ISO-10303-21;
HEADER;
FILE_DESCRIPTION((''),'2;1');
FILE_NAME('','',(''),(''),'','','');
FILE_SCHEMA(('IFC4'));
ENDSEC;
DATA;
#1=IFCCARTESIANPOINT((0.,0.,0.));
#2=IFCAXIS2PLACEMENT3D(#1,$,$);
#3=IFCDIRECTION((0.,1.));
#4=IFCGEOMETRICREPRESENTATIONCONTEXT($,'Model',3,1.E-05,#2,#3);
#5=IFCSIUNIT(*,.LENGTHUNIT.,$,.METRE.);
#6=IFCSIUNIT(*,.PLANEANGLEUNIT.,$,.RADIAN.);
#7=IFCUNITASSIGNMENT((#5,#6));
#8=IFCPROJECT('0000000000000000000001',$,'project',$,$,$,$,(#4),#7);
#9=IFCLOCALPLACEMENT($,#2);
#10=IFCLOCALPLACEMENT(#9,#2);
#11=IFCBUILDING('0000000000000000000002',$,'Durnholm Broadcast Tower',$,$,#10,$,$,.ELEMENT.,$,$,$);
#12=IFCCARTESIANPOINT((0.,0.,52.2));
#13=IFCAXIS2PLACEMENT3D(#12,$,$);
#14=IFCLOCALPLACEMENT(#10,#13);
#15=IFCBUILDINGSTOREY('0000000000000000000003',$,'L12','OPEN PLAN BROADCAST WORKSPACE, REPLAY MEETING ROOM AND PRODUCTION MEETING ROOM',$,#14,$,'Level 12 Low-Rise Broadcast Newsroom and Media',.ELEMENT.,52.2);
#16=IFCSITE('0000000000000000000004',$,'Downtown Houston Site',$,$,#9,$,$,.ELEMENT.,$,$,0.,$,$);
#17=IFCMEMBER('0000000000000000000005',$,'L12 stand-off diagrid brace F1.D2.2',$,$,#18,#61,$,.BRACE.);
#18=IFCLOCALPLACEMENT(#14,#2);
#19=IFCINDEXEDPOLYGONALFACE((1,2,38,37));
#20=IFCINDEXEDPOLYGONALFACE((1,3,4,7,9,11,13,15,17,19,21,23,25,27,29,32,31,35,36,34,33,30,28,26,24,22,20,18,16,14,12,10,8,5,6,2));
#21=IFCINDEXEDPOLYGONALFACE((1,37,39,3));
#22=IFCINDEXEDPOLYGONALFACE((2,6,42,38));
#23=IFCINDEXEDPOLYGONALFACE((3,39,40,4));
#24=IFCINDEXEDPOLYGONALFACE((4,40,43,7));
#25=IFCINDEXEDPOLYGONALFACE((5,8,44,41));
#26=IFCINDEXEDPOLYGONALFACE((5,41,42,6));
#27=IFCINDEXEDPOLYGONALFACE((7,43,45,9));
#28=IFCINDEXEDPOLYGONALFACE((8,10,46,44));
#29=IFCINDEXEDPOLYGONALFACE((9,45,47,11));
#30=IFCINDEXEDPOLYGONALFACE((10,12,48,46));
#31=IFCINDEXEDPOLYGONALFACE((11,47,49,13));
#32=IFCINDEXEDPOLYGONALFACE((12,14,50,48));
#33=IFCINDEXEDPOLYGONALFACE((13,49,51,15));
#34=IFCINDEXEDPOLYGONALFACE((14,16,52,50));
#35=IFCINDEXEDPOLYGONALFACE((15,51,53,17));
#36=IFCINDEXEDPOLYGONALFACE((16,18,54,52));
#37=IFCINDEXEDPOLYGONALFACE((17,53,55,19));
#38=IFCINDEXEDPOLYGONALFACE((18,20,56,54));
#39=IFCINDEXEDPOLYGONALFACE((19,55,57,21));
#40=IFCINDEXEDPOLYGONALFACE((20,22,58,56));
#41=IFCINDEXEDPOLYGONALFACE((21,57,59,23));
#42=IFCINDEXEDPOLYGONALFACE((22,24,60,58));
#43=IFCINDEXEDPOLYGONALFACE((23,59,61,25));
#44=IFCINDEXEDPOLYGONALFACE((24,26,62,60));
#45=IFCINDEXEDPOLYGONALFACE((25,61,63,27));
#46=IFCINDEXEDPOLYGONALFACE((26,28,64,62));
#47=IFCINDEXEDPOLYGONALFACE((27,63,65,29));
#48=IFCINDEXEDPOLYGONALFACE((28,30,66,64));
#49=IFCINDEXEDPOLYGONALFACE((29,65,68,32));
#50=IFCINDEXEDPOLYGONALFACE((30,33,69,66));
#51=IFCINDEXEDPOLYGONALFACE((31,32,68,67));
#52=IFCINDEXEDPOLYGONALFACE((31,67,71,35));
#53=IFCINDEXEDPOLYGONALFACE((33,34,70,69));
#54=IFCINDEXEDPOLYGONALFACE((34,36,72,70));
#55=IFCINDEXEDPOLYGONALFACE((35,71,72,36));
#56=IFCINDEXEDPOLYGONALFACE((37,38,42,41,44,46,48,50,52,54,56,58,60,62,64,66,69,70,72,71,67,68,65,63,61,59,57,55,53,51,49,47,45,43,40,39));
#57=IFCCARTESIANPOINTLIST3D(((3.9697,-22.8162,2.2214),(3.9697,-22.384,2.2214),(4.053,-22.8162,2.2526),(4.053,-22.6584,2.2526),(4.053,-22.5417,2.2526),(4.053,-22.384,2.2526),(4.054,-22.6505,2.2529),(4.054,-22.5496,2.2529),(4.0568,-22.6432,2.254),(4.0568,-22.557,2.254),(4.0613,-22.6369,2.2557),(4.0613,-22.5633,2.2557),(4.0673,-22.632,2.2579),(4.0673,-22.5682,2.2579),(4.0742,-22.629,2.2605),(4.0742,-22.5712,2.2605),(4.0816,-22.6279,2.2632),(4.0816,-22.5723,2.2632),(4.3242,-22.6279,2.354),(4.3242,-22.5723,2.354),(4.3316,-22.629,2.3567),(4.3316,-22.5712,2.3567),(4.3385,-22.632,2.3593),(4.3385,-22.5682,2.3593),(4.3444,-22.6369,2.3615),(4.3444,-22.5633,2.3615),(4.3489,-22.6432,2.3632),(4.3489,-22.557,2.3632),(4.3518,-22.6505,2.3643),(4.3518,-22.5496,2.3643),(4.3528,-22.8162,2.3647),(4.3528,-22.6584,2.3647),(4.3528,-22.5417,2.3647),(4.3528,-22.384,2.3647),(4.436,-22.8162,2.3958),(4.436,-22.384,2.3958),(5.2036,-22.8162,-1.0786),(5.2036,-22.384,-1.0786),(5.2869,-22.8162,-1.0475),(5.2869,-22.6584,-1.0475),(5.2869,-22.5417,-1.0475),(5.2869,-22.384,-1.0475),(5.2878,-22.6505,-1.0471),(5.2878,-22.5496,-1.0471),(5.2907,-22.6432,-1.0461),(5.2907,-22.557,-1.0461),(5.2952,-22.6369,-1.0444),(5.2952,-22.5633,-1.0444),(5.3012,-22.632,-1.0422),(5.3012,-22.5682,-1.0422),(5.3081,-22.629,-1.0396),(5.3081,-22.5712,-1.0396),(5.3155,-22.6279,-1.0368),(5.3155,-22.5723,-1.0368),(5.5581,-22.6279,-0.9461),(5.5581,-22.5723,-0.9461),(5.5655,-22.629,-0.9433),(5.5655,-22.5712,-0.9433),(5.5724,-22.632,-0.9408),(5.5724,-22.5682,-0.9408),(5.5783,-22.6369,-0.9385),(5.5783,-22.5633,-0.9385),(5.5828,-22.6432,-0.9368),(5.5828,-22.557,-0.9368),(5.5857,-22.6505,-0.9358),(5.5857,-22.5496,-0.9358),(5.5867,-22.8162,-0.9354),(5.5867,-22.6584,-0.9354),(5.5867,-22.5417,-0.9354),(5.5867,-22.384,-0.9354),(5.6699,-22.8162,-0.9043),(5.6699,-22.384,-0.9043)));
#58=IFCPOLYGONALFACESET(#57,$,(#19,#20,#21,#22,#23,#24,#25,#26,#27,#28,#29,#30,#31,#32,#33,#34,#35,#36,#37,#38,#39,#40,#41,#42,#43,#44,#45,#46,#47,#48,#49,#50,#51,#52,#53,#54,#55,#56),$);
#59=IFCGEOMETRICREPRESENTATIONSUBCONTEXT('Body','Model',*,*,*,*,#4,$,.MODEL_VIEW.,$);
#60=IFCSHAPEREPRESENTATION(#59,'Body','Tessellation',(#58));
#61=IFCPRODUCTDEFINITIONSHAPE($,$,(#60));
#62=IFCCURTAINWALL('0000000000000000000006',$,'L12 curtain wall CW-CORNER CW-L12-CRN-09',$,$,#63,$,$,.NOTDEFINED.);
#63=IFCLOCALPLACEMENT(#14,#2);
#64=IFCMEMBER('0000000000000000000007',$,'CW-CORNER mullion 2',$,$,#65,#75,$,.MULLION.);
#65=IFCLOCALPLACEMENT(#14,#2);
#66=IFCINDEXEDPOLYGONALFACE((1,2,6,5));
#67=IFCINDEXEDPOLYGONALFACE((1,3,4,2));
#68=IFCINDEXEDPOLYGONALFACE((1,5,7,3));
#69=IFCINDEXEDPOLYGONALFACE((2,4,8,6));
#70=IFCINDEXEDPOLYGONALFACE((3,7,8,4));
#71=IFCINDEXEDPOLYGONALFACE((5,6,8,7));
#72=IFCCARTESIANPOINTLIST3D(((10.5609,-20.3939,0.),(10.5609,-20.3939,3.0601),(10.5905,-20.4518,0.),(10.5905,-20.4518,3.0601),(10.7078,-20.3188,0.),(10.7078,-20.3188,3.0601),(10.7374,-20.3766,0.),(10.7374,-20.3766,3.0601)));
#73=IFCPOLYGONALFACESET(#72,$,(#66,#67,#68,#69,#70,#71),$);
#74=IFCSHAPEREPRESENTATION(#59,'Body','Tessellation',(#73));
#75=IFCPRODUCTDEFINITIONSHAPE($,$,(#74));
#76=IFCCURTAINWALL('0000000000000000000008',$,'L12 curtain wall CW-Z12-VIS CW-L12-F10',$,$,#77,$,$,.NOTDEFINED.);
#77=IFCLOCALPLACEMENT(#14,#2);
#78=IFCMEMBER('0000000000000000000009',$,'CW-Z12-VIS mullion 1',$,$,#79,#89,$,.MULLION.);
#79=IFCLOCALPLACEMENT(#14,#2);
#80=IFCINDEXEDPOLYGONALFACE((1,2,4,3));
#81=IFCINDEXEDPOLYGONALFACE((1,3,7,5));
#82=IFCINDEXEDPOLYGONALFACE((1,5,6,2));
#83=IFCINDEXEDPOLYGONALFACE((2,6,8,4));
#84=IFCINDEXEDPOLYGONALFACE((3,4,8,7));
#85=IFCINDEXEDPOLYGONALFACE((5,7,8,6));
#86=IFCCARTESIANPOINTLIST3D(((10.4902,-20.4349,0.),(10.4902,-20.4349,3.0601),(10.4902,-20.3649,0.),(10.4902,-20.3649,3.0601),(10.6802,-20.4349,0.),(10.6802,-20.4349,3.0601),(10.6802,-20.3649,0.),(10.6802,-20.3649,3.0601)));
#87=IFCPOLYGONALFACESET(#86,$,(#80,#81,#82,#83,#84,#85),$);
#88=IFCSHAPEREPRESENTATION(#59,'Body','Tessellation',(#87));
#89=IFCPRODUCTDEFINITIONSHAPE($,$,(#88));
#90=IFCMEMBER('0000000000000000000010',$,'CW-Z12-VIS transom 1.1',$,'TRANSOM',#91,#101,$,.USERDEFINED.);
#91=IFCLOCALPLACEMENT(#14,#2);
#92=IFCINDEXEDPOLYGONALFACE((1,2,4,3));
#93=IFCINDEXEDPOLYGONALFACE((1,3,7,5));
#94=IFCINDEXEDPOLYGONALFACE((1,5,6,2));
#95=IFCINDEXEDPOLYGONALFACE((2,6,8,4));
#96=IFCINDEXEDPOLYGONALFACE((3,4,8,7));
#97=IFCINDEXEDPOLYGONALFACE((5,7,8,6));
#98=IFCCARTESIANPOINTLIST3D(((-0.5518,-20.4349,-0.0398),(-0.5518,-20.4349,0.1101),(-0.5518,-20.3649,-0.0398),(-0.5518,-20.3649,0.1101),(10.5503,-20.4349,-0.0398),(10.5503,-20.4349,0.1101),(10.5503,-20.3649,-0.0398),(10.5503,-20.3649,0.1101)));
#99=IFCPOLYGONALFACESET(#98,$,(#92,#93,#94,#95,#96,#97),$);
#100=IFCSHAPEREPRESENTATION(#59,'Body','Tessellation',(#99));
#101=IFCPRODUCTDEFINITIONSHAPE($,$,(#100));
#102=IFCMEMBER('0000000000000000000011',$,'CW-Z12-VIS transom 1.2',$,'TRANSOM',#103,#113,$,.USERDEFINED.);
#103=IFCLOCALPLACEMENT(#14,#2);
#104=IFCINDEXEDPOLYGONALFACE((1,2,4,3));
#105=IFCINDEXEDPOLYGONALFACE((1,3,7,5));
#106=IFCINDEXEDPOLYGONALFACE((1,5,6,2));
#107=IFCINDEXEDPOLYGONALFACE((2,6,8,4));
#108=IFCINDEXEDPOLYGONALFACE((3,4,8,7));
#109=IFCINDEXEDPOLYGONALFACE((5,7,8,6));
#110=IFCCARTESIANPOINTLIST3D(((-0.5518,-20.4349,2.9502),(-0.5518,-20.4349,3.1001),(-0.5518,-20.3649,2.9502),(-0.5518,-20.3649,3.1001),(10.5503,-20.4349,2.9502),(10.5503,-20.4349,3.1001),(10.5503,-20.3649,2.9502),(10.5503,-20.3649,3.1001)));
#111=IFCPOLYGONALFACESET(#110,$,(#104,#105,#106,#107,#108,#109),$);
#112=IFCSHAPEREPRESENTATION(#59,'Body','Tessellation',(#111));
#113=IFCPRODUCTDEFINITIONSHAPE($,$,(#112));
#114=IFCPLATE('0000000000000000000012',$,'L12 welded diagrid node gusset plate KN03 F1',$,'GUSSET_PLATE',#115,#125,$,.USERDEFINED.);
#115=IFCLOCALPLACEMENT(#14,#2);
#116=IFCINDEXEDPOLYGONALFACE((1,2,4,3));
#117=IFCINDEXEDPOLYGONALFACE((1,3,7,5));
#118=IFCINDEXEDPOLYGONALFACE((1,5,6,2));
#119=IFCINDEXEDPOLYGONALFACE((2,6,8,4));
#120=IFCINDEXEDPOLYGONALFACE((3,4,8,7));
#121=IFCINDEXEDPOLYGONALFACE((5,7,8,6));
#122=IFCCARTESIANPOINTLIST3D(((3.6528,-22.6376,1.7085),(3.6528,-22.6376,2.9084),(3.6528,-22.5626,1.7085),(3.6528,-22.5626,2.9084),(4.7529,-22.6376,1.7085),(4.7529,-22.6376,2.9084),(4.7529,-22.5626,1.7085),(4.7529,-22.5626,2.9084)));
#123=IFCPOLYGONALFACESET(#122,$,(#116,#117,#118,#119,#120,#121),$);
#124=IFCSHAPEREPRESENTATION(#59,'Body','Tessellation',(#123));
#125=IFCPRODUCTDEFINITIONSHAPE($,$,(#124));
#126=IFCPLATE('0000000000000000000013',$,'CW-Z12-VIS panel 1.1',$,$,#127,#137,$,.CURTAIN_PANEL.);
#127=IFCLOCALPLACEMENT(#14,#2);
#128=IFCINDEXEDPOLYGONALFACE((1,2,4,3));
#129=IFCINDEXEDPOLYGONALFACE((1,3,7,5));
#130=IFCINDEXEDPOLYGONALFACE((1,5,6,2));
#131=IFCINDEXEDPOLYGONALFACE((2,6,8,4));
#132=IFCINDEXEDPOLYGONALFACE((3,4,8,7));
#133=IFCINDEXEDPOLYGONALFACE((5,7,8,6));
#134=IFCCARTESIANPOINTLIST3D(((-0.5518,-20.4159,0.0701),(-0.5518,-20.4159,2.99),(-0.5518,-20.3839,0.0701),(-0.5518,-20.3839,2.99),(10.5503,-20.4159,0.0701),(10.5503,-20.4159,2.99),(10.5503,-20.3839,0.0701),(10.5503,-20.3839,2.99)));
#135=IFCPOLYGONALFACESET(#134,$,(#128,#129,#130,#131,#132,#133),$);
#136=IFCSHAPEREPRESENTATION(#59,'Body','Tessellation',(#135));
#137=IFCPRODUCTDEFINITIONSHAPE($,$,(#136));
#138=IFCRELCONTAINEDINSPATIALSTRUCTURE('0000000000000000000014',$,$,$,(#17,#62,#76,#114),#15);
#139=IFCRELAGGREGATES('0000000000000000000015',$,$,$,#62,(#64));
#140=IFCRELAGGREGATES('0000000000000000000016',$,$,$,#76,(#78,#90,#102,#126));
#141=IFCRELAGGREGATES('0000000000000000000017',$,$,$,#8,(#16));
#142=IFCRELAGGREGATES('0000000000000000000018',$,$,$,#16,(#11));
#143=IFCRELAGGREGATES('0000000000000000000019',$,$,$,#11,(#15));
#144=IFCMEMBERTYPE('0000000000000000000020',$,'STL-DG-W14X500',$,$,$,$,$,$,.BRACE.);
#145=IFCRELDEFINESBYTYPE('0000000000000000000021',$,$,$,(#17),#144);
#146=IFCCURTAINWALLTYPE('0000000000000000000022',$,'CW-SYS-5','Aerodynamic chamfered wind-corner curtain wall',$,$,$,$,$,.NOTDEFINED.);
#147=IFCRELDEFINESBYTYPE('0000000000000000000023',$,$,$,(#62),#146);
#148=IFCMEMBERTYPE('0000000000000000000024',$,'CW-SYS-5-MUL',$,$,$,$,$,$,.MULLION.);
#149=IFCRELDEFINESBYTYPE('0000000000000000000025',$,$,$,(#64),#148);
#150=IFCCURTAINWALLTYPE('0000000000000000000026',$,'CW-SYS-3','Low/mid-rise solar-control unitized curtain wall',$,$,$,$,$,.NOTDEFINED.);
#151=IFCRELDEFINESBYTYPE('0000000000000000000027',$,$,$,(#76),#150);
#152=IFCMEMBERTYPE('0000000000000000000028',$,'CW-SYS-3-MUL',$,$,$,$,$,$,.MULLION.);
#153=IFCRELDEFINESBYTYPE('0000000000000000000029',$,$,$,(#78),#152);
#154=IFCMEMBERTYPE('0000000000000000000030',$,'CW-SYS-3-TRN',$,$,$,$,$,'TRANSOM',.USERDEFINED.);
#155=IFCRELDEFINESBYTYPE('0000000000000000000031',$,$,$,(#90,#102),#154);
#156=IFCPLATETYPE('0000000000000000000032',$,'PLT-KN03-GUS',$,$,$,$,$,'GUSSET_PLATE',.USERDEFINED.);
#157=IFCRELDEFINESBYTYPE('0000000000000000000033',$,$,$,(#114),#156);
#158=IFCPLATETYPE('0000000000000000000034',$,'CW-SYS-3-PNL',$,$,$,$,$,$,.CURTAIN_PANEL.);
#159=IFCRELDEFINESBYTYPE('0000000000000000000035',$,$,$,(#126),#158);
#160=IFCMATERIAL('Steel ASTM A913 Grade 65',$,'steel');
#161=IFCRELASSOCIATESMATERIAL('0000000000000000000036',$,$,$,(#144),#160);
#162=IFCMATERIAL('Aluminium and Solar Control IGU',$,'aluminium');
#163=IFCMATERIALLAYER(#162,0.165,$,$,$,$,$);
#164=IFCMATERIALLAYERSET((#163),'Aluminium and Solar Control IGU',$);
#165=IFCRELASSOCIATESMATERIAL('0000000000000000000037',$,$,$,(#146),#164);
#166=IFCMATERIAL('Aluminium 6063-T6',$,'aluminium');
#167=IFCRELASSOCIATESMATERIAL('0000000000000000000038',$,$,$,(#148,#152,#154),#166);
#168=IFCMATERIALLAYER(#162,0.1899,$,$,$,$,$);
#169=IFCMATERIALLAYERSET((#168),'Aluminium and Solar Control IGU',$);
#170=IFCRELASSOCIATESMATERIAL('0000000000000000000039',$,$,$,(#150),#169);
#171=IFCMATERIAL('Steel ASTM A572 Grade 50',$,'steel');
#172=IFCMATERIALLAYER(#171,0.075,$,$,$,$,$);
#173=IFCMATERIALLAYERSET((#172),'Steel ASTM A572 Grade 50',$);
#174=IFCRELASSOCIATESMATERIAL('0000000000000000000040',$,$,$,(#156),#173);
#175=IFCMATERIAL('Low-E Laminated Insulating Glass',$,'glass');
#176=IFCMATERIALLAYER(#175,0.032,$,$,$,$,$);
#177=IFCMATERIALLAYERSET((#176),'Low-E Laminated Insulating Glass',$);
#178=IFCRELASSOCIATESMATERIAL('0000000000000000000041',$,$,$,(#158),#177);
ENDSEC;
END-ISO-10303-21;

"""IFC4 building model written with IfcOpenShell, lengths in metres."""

from ifc_helpers import new_model, si_unit, direction, frame, origin, origin_2d, place, context, subcontext, project, spatial, rectangle, i_section, extrude, source, transform, mapped, material, layer, layer_set, material_profile, profile_set, type_object, type_shapes, element, aggregate, save


model = new_model("IFC4")

# Units and contexts
model_context = context("Model", 3, precision=1e-05, world=origin(), true_north=direction((0.0, 1.0)))
body_context = subcontext(model_context, "Body", "Model", "MODEL_VIEW")
ifc_project = project(units=[si_unit("LENGTHUNIT", "METRE"), si_unit("PLANEANGLEUNIT", "RADIAN")], contexts=[model_context])

# Site, building, storey
site_placement = place(None, origin())
site = spatial("IfcSite", under=ifc_project, at=site_placement, Name="Downtown Houston Site", CompositionType="ELEMENT", RefElevation=0.0)
building_placement = place(site_placement, origin())
building = spatial("IfcBuilding", under=site, at=building_placement, Name="Durnholm Broadcast Tower", CompositionType="ELEMENT")
storey_placement = place(building_placement, frame((0.0, 0.0, 52.2)))
storey = spatial("IfcBuildingStorey", under=building, at=storey_placement, Name="L12", Description="OPEN PLAN BROADCAST WORKSPACE, REPLAY MEETING ROOM AND PRODUCTION MEETING ROOM", LongName="Level 12 Low-Rise Broadcast Newsroom and Media", CompositionType="ELEMENT", Elevation=52.2)

# Member
ifc_material_1 = material(Name="Steel ASTM A913 Grade 65", Category="steel")
ifc_material_profile_1 = material_profile(ifc_material_1, i_section(OverallWidth=0.4321, OverallDepth=0.4978, WebThickness=0.0557, FlangeThickness=0.0889, FilletRadius=0.0305, at=origin_2d()), Name="W14X500")
ifc_profile_set_1 = profile_set([ifc_material_profile_1], Name="Steel ASTM A913 Grade 65")
member_type_1 = type_object("IfcMemberType", Name="STL-DG-W14X500", PredefinedType="BRACE", material=ifc_profile_set_1)
shared_shape_1 = source(origin(), body_context, "Body", "SweptSolid", [
    extrude(i_section(OverallWidth=0.4321, OverallDepth=0.4978, WebThickness=0.0557, FlangeThickness=0.0889, FilletRadius=0.0305, at=origin_2d()), origin(), (0.0, 0.0, 1.0), 3.5232),
])
type_shapes(member_type_1, [shared_shape_1])
for number, where, z_axis, x_axis, name in (
    (1, (5.4368, -22.6001, -0.9915), (-0.35022, 0.0, 0.936668), (0.0, -1.0, 0.0), "L12 stand-off diagrid brace F1.D2.2"),
):
    element("IfcMember", number, at=place(storey_placement, frame(where, z_axis=z_axis, x_axis=x_axis)), inside=storey, type_object=member_type_1, Name=name, PredefinedType="BRACE", context=body_context, shape_type="MappedRepresentation", body=[
        mapped(shared_shape_1, transform((0.0, 0.0, 0.0), x_axis=(1.0, 0.0, 0.0), y_axis=(0.0, 1.0, 0.0), z_axis=(0.0, 0.0, 1.0), scale=1.0)),
    ])

# Curtain wall, member
ifc_material_2 = material(Name="Aluminium and Solar Control IGU", Category="aluminium")
ifc_layer_1 = layer(ifc_material_2, 0.165)
ifc_layer_set_1 = layer_set([ifc_layer_1], Name="Aluminium and Solar Control IGU")
curtain_wall_type_1 = type_object("IfcCurtainWallType", Name="CW-SYS-5", Description="Aerodynamic chamfered wind-corner curtain wall", PredefinedType="NOTDEFINED", material=ifc_layer_set_1)
curtain_wall_1_placement = place(storey_placement, origin())
curtain_wall_1 = element("IfcCurtainWall", 2, at=curtain_wall_1_placement, inside=storey, type_object=curtain_wall_type_1, Name="L12 curtain wall CW-CORNER CW-L12-CRN-09", PredefinedType="NOTDEFINED")
ifc_material_3 = material(Name="Aluminium 6063-T6", Category="aluminium")
ifc_material_profile_2 = material_profile(ifc_material_3, rectangle(XDim=0.0649, YDim=0.165, at=origin_2d()), Name="CWM65X165")
ifc_profile_set_2 = profile_set([ifc_material_profile_2], Name="Aluminium 6063-T6")
member_type_2 = type_object("IfcMemberType", Name="CW-SYS-5-MUL", PredefinedType="MULLION", material=ifc_profile_set_2)
shared_shape_2 = source(origin(), body_context, "Body", "SweptSolid", [
    extrude(rectangle(XDim=0.0649, YDim=0.165, at=origin_2d()), origin(), (0.0, 0.0, 1.0), 3.0601),
])
type_shapes(member_type_2, [shared_shape_2])
member_1_placement = place(storey_placement, frame((10.6492, -20.3853, 0.0), z_axis=(0.0, 0.0, 1.0), x_axis=(0.455594, -0.890188, 0.0)))
member_1 = element("IfcMember", 3, at=member_1_placement, type_object=member_type_2, Name="CW-CORNER mullion 2", PredefinedType="MULLION", context=body_context, shape_type="MappedRepresentation", body=[
    mapped(shared_shape_2, transform((0.0, 0.0, 0.0), x_axis=(1.0, 0.0, 0.0), y_axis=(0.0, 1.0, 0.0), z_axis=(0.0, 0.0, 1.0), scale=1.0)),
])
aggregate(curtain_wall_1, [member_1])

# Curtain wall, members
ifc_layer_2 = layer(ifc_material_2, 0.1899)
ifc_layer_set_2 = layer_set([ifc_layer_2], Name="Aluminium and Solar Control IGU")
curtain_wall_type_2 = type_object("IfcCurtainWallType", Name="CW-SYS-3", Description="Low/mid-rise solar-control unitized curtain wall", PredefinedType="NOTDEFINED", material=ifc_layer_set_2)
curtain_wall_2_placement = place(storey_placement, origin())
curtain_wall_2 = element("IfcCurtainWall", 4, at=curtain_wall_2_placement, inside=storey, type_object=curtain_wall_type_2, Name="L12 curtain wall CW-Z12-VIS CW-L12-F10", PredefinedType="NOTDEFINED")
ifc_material_profile_3 = material_profile(ifc_material_3, rectangle(XDim=0.0701, YDim=0.1899, at=origin_2d()), Name="CWM70X190")
ifc_profile_set_3 = profile_set([ifc_material_profile_3], Name="Aluminium 6063-T6")
member_type_3 = type_object("IfcMemberType", Name="CW-SYS-3-MUL", PredefinedType="MULLION", material=ifc_profile_set_3)
shared_shape_3 = source(origin(), body_context, "Body", "SweptSolid", [
    extrude(rectangle(XDim=0.0701, YDim=0.1899, at=origin_2d()), origin(), (0.0, 0.0, 1.0), 3.0601),
])
type_shapes(member_type_3, [shared_shape_3])
member_2_placement = place(storey_placement, frame((10.5852, -20.3999, 0.0), z_axis=(0.0, 0.0, 1.0), x_axis=(0.0, -1.0, 0.0)))
member_2 = element("IfcMember", 5, at=member_2_placement, type_object=member_type_3, Name="CW-Z12-VIS mullion 1", PredefinedType="MULLION", context=body_context, shape_type="MappedRepresentation", body=[
    mapped(shared_shape_3, transform((0.0, 0.0, 0.0), x_axis=(1.0, 0.0, 0.0), y_axis=(0.0, 1.0, 0.0), z_axis=(0.0, 0.0, 1.0), scale=1.0)),
])
ifc_material_profile_4 = material_profile(ifc_material_3, rectangle(XDim=0.0701, YDim=0.1499, at=origin_2d()), Name="CWT70X150")
ifc_profile_set_4 = profile_set([ifc_material_profile_4], Name="Aluminium 6063-T6")
member_type_4 = type_object("IfcMemberType", Name="CW-SYS-3-TRN", ElementType="TRANSOM", PredefinedType="USERDEFINED", material=ifc_profile_set_4)
shared_shape_4 = source(origin(), body_context, "Body", "SweptSolid", [
    extrude(rectangle(XDim=0.0701, YDim=0.1499, at=origin_2d()), origin(), (0.0, 0.0, 1.0), 11.1021),
])
type_shapes(member_type_4, [shared_shape_4])
member_3_placement = place(storey_placement, frame((10.5503, -20.3999, 0.0352), z_axis=(-1.0, 0.0, 0.0), x_axis=(0.0, -1.0, 0.0)))
member_3 = element("IfcMember", 6, at=member_3_placement, type_object=member_type_4, Name="CW-Z12-VIS transom 1.1", ObjectType="TRANSOM", PredefinedType="USERDEFINED", context=body_context, shape_type="MappedRepresentation", body=[
    mapped(shared_shape_4, transform((0.0, 0.0, 0.0), x_axis=(1.0, 0.0, 0.0), y_axis=(0.0, 1.0, 0.0), z_axis=(0.0, 0.0, 1.0), scale=1.0)),
])
member_4_placement = place(storey_placement, frame((10.5503, -20.3999, 3.0251), z_axis=(-1.0, 0.0, 0.0), x_axis=(0.0, -1.0, 0.0)))
member_4 = element("IfcMember", 7, at=member_4_placement, type_object=member_type_4, Name="CW-Z12-VIS transom 1.2", ObjectType="TRANSOM", PredefinedType="USERDEFINED", context=body_context, shape_type="MappedRepresentation", body=[
    mapped(shared_shape_4, transform((0.0, 0.0, 0.0), x_axis=(1.0, 0.0, 0.0), y_axis=(0.0, 1.0, 0.0), z_axis=(0.0, 0.0, 1.0), scale=1.0)),
])

# Plates
ifc_material_4 = material(Name="Steel ASTM A572 Grade 50", Category="steel")
ifc_layer_3 = layer(ifc_material_4, 0.075)
ifc_layer_set_3 = layer_set([ifc_layer_3], Name="Steel ASTM A572 Grade 50")
plate_type_1 = type_object("IfcPlateType", Name="PLT-KN03-GUS", ElementType="GUSSET_PLATE", PredefinedType="USERDEFINED", material=ifc_layer_set_3)
shared_shape_5 = source(origin(), body_context, "Body", "SweptSolid", [
    extrude(rectangle(XDim=1.1001, YDim=0.075, at=origin_2d()), origin(), (0.0, 0.0, 1.0), 1.2),
])
type_shapes(plate_type_1, [shared_shape_5])
plate_1_placement = place(storey_placement, frame((4.2029, -22.6001, 1.7085), z_axis=(0.0, 0.0, 1.0), x_axis=(1.0, 0.0, 0.0)))
element("IfcPlate", 8, at=plate_1_placement, inside=storey, type_object=plate_type_1, Name="L12 welded diagrid node gusset plate KN03 F1", ObjectType="GUSSET_PLATE", PredefinedType="USERDEFINED", context=body_context, shape_type="MappedRepresentation", body=[
    mapped(shared_shape_5, transform((0.0, 0.0, 0.0), x_axis=(1.0, 0.0, 0.0), y_axis=(0.0, 1.0, 0.0), z_axis=(0.0, 0.0, 1.0), scale=1.0)),
])
ifc_material_5 = material(Name="Low-E Laminated Insulating Glass", Category="glass")
ifc_layer_4 = layer(ifc_material_5, 0.032)
ifc_layer_set_4 = layer_set([ifc_layer_4], Name="Low-E Laminated Insulating Glass")
plate_type_2 = type_object("IfcPlateType", Name="CW-SYS-3-PNL", PredefinedType="CURTAIN_PANEL", material=ifc_layer_set_4)
shared_shape_6 = source(origin(), body_context, "Body", "SweptSolid", [
    extrude(rectangle(XDim=11.1021, YDim=0.032, at=origin_2d()), origin(), (0.0, 0.0, 1.0), 2.9199),
])
type_shapes(plate_type_2, [shared_shape_6])
plate_2_placement = place(storey_placement, frame((4.9993, -20.3999, 0.0701), z_axis=(0.0, 0.0, 1.0), x_axis=(-1.0, 0.0, 0.0)))
plate_2 = element("IfcPlate", 9, at=plate_2_placement, type_object=plate_type_2, Name="CW-Z12-VIS panel 1.1", PredefinedType="CURTAIN_PANEL", context=body_context, shape_type="MappedRepresentation", body=[
    mapped(shared_shape_6, transform((0.0, 0.0, 0.0), x_axis=(1.0, 0.0, 0.0), y_axis=(0.0, 1.0, 0.0), z_axis=(0.0, 0.0, 1.0), scale=1.0)),
])
aggregate(curtain_wall_2, [member_2, member_3, member_4, plate_2])

save(model, "model.ifc")
